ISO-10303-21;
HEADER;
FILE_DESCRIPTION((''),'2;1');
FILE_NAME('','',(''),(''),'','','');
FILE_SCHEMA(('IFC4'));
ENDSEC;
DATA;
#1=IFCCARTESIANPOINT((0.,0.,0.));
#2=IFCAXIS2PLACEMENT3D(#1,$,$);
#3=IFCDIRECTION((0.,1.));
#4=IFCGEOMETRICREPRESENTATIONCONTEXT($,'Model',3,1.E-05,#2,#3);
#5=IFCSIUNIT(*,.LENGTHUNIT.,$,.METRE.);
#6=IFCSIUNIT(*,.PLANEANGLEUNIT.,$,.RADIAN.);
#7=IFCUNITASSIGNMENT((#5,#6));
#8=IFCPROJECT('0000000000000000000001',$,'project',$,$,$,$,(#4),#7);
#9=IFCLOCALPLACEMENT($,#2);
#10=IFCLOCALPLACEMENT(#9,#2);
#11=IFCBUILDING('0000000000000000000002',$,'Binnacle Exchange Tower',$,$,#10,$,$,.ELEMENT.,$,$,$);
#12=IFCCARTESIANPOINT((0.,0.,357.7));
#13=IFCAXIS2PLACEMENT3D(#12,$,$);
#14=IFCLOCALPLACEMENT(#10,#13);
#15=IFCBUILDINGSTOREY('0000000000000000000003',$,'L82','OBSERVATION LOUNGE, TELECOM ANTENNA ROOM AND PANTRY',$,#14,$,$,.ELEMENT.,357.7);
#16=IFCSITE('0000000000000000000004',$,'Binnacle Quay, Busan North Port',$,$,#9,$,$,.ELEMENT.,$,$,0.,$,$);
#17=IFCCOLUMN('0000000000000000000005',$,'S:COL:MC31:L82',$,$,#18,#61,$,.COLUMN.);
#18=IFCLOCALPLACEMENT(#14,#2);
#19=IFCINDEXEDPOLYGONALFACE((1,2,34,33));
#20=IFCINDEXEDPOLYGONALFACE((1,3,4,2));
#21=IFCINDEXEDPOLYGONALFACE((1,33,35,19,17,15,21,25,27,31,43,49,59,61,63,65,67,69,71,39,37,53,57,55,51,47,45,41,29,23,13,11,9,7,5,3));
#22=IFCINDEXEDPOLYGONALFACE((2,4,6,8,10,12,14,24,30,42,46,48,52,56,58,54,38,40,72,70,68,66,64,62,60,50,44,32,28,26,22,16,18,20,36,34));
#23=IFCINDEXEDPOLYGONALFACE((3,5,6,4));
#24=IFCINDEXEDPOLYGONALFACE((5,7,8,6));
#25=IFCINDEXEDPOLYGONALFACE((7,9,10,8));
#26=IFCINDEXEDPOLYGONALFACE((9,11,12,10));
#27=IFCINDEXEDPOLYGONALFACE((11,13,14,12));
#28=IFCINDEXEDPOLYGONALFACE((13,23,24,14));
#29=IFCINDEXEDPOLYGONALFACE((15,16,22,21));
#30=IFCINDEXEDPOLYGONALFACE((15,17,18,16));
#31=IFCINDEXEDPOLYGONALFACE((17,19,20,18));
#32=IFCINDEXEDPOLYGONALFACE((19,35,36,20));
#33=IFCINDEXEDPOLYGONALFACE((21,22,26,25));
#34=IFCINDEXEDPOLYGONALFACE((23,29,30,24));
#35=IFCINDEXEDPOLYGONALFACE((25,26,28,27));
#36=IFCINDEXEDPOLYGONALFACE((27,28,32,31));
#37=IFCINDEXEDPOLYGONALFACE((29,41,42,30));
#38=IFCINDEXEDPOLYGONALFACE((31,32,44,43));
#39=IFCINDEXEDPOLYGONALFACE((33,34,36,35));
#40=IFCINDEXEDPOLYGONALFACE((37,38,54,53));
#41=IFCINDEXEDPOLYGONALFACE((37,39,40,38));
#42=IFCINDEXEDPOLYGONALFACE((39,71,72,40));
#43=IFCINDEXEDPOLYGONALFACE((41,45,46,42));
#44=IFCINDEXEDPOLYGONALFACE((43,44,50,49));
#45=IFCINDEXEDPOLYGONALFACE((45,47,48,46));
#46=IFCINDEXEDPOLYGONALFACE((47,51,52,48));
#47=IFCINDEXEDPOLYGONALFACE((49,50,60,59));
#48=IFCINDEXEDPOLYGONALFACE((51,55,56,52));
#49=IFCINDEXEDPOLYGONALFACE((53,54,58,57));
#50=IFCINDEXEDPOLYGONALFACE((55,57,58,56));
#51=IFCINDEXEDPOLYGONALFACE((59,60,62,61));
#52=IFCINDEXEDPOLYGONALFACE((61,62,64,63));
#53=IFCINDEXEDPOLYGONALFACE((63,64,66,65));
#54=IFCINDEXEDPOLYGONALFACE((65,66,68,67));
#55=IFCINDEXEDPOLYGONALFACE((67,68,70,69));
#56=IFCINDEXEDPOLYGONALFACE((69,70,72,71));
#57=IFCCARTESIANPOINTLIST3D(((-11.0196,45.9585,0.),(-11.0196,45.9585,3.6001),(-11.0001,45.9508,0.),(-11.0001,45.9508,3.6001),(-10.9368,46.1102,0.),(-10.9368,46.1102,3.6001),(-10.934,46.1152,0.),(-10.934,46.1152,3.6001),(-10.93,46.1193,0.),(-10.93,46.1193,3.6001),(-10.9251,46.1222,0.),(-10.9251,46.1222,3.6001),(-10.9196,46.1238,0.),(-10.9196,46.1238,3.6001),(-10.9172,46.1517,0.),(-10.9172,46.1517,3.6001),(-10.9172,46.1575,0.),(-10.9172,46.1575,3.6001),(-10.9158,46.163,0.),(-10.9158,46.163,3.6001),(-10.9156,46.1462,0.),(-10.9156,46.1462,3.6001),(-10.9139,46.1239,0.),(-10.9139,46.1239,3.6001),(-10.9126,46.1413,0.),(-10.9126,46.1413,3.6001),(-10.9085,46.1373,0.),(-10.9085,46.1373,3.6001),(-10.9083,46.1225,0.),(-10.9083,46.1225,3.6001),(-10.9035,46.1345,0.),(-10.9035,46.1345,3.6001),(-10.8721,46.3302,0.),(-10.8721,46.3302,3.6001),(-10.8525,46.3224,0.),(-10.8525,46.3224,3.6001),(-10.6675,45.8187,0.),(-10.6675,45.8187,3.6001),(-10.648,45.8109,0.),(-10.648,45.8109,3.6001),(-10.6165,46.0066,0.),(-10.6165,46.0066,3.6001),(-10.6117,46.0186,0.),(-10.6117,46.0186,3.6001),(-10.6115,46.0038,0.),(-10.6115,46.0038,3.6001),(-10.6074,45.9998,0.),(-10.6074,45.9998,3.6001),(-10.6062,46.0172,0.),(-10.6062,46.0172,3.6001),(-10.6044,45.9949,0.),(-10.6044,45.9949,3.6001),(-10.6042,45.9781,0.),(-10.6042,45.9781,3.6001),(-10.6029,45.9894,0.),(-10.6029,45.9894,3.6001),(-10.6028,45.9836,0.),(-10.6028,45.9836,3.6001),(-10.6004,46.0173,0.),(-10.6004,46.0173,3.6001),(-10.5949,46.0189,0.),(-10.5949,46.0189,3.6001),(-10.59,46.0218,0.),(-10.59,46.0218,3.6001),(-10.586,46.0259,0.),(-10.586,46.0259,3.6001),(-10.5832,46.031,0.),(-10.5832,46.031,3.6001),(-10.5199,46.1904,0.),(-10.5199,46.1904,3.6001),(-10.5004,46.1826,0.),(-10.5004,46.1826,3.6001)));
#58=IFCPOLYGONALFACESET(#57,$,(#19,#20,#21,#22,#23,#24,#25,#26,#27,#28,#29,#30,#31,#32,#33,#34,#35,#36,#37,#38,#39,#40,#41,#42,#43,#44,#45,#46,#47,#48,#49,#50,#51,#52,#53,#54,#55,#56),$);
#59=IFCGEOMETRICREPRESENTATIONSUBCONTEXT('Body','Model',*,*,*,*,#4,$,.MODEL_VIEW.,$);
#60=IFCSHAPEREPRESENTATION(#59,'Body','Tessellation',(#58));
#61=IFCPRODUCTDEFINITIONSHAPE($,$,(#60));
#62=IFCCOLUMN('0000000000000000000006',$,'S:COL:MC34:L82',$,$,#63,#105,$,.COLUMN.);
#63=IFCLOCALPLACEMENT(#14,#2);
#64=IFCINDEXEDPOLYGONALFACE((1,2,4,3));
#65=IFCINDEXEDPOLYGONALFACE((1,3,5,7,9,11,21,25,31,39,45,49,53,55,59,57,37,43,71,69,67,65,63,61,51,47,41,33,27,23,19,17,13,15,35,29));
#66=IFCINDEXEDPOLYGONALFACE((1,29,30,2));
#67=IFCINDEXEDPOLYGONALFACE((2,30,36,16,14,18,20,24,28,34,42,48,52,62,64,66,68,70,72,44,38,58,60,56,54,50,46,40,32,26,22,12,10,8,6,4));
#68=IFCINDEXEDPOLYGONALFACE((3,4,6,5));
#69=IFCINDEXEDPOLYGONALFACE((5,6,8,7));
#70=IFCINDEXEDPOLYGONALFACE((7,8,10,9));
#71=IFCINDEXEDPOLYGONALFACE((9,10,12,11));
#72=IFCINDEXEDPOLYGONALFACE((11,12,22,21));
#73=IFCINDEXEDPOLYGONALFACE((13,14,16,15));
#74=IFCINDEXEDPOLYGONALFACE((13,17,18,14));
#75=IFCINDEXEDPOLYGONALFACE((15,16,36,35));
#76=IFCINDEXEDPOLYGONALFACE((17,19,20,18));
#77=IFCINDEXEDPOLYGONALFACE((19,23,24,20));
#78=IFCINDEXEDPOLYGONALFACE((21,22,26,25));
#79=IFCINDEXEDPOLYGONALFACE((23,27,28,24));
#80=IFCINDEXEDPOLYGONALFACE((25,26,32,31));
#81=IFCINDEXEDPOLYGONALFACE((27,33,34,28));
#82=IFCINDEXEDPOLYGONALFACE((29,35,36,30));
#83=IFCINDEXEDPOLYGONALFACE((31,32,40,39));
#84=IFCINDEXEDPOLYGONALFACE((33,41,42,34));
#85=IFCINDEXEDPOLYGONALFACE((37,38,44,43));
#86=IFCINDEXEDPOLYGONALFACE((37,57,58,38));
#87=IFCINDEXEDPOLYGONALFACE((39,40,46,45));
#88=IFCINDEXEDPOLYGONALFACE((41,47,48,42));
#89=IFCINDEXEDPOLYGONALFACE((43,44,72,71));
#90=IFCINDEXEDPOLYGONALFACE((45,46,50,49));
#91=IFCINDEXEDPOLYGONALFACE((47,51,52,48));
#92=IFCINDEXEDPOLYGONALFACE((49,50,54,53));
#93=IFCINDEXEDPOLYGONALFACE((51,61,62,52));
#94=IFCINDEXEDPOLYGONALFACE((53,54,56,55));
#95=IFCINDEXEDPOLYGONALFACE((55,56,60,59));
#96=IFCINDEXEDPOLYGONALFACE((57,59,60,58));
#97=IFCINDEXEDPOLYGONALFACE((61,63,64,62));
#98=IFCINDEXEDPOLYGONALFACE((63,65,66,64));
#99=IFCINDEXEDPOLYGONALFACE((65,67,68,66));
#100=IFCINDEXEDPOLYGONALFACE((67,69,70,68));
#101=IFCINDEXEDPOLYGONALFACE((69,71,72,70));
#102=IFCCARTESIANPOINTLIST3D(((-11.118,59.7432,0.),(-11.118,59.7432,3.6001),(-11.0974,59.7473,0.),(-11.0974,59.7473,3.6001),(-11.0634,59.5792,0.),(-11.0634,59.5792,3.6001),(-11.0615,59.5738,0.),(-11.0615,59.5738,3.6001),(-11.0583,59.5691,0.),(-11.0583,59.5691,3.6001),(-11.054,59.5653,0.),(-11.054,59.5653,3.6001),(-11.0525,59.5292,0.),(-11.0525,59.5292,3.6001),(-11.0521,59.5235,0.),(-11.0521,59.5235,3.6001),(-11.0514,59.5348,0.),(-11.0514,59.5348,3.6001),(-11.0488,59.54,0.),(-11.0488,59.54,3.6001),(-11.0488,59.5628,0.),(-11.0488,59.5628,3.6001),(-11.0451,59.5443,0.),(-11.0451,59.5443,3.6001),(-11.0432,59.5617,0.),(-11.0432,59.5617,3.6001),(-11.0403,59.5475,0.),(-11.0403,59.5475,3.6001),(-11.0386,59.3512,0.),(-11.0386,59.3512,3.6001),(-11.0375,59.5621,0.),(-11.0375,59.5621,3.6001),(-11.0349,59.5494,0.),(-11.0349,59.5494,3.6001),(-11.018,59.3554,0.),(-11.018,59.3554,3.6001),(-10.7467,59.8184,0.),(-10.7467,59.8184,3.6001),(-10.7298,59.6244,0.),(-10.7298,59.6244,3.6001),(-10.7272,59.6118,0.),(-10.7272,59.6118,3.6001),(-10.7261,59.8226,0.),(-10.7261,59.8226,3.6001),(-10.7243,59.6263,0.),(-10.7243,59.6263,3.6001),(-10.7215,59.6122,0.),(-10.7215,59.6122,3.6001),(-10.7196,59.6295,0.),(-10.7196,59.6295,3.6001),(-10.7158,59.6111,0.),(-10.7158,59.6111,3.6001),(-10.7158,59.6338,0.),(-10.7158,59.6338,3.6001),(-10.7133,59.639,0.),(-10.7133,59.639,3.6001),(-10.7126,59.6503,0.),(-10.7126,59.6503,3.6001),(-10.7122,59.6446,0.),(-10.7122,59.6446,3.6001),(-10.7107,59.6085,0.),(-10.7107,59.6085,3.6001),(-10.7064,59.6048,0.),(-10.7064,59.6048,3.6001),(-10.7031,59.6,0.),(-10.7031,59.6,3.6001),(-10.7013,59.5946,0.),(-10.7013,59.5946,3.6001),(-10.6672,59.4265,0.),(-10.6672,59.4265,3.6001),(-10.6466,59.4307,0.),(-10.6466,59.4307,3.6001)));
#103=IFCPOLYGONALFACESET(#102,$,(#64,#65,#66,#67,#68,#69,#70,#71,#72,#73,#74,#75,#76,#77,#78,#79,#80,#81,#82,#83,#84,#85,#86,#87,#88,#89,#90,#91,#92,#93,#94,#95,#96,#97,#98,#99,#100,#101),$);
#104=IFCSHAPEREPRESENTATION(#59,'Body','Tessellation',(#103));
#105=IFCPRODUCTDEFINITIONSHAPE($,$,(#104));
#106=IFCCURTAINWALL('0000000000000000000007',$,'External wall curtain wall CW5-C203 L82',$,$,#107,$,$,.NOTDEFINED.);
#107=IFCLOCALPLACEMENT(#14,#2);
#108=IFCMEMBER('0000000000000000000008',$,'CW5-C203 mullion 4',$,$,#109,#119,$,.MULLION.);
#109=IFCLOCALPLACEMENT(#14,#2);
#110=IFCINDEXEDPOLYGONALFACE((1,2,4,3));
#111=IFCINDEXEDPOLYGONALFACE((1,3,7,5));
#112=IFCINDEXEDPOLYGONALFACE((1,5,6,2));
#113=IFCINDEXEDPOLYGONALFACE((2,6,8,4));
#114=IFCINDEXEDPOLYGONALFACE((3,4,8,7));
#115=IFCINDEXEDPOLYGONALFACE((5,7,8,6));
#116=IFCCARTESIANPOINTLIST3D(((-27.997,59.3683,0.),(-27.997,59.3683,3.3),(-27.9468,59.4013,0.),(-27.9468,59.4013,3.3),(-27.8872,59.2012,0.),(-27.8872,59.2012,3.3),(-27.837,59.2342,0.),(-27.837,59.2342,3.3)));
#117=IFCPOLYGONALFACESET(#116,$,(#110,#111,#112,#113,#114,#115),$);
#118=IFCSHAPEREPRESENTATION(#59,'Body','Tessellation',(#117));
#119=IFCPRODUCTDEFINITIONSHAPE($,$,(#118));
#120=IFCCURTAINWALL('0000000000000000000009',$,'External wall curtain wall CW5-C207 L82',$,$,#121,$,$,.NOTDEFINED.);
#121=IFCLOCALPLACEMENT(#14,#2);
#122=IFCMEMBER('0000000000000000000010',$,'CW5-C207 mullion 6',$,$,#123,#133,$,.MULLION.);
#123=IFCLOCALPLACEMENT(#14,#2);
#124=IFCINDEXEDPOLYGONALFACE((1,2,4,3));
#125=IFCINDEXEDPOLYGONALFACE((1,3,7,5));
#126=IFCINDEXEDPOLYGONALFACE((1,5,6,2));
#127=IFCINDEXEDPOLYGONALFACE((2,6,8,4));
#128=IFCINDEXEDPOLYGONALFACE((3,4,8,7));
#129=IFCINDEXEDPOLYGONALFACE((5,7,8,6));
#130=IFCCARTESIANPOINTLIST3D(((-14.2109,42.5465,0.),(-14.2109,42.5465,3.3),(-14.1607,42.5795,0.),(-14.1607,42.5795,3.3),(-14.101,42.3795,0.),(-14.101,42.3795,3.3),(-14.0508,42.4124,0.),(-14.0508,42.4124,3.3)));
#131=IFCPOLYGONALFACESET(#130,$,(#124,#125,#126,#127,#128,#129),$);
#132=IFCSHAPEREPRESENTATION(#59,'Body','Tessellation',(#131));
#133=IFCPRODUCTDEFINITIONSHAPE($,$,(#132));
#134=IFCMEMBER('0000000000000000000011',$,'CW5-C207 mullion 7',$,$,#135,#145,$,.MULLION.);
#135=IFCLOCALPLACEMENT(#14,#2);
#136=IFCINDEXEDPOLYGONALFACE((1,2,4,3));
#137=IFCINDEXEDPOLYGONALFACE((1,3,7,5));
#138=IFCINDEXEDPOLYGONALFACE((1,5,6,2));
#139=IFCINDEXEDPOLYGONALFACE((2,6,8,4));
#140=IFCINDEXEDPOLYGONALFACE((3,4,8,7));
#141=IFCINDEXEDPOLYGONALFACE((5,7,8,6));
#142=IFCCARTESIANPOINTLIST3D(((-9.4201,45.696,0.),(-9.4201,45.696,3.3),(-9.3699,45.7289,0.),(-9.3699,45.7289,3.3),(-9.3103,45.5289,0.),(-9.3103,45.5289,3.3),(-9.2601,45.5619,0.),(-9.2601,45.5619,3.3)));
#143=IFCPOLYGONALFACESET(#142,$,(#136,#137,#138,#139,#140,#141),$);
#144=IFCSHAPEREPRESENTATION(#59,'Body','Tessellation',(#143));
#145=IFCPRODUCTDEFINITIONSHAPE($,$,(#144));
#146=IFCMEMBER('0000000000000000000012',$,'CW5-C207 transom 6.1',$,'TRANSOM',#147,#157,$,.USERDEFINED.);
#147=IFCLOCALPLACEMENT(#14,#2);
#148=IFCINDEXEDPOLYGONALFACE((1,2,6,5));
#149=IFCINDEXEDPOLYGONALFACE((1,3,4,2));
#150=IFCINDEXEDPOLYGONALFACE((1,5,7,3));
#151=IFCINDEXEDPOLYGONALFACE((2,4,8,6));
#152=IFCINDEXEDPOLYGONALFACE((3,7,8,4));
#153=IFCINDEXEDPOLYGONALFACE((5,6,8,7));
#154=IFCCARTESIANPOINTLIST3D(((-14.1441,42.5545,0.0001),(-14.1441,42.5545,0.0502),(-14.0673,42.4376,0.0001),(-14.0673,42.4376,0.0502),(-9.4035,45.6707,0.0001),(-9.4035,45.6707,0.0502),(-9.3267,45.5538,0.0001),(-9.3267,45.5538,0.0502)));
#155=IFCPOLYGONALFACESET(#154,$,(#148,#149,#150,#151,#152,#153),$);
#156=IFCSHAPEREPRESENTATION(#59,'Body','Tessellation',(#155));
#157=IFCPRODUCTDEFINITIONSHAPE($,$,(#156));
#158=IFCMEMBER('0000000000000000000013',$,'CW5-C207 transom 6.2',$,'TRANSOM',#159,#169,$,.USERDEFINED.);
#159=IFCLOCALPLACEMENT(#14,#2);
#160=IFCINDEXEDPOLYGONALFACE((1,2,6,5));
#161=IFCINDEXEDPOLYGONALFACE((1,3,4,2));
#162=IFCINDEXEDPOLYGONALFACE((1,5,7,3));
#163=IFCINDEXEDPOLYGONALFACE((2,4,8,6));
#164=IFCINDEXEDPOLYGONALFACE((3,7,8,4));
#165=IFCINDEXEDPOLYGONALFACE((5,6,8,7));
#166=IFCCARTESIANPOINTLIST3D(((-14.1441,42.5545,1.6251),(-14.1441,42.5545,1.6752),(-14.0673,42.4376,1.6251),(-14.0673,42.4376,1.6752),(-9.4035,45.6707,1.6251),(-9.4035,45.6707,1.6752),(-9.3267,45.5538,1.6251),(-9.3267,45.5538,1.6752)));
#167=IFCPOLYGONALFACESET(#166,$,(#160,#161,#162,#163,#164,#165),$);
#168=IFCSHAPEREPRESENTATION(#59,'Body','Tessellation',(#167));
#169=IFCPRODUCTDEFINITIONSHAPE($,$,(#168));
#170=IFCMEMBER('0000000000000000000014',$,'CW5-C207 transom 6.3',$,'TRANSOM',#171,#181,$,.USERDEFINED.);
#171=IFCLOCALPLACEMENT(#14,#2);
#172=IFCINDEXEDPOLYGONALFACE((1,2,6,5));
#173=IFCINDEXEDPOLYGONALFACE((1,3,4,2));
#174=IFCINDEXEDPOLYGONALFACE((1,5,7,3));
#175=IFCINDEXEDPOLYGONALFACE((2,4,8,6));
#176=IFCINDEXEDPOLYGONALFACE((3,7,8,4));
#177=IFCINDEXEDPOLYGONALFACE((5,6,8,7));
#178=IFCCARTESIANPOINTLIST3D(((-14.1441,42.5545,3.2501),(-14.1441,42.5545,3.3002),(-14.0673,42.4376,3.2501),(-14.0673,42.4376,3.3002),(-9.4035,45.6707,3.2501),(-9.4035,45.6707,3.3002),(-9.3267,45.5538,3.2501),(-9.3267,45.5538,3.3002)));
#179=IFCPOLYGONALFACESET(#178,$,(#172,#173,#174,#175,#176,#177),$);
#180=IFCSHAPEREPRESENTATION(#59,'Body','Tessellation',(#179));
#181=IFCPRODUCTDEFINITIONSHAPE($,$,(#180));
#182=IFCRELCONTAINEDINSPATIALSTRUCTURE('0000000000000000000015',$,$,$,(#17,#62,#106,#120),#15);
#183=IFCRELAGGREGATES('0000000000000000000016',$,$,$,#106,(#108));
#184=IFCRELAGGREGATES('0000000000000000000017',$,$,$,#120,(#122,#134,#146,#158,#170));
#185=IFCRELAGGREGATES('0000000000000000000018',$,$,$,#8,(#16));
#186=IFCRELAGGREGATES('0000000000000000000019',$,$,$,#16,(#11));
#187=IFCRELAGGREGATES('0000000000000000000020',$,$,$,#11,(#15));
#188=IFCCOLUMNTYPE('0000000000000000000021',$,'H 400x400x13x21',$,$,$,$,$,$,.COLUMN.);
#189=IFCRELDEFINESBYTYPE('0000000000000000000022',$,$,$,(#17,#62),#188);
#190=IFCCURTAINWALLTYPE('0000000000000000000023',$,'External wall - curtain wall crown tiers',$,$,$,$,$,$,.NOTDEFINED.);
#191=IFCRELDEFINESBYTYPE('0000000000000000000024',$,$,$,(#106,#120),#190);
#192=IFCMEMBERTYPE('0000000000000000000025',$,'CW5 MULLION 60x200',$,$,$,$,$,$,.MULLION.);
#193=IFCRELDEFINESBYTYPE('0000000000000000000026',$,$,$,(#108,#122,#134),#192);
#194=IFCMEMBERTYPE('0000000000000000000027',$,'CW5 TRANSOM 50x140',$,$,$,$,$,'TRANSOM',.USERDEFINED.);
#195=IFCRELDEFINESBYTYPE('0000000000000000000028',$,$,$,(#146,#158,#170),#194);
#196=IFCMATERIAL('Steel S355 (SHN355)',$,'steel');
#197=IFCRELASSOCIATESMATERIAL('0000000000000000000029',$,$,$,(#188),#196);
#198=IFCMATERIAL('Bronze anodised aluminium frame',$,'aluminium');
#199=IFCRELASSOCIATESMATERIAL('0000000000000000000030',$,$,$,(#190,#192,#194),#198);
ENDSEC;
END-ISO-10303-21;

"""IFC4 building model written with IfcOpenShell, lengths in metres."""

from ifc_helpers import new_model, si_unit, direction, frame, origin, origin_2d, place, context, subcontext, project, spatial, rectangle, i_section, extrude, material, material_profile, profile_set, type_object, element, aggregate, save


model = new_model("IFC4")

# Units and contexts
model_context = context("Model", 3, precision=1e-05, world=origin(), true_north=direction((0.0, 1.0)))
body_context = subcontext(model_context, "Body", "Model", "MODEL_VIEW")
ifc_project = project(units=[si_unit("LENGTHUNIT", "METRE"), si_unit("PLANEANGLEUNIT", "RADIAN")], contexts=[model_context])

# Site, building, storey
site_placement = place(None, origin())
site = spatial("IfcSite", under=ifc_project, at=site_placement, Name="Binnacle Quay, Busan North Port", CompositionType="ELEMENT", RefElevation=0.0)
building_placement = place(site_placement, origin())
building = spatial("IfcBuilding", under=site, at=building_placement, Name="Binnacle Exchange Tower", CompositionType="ELEMENT")
storey_placement = place(building_placement, frame((0.0, 0.0, 357.7)))
storey = spatial("IfcBuildingStorey", under=building, at=storey_placement, Name="L82", Description="OBSERVATION LOUNGE, TELECOM ANTENNA ROOM AND PANTRY", CompositionType="ELEMENT", Elevation=357.7)

# Columns
ifc_material_1 = material(Name="Steel S355 (SHN355)", Category="steel")
ifc_material_profile_1 = material_profile(ifc_material_1, i_section(OverallWidth=0.3999, OverallDepth=0.3999, WebThickness=0.0129, FlangeThickness=0.021, FilletRadius=0.022, at=origin_2d()), Name="H 400x400x13x21")
ifc_profile_set_1 = profile_set([ifc_material_profile_1], Name="Steel S355 (SHN355)")
column_type = type_object("IfcColumnType", Name="H 400x400x13x21", PredefinedType="COLUMN", material=ifc_profile_set_1)
for number, where, z_axis, x_axis, name in (
    (1, (-10.76, 46.0706, 0.0), (0.0, 0.0, 1.0), (0.369033, 0.929416, 0.0), "S:COL:MC31:L82"),
    (2, (-10.8823, 59.5869, 0.0), (0.0, 0.0, 1.0), (-0.198667, 0.980067, 0.0), "S:COL:MC34:L82"),
):
    element("IfcColumn", number, at=place(storey_placement, frame(where, z_axis=z_axis, x_axis=x_axis)), inside=storey, type_object=column_type, Name=name, PredefinedType="COLUMN", context=body_context, shape_type="SweptSolid", body=[
        extrude(i_section(OverallWidth=0.3999, OverallDepth=0.3999, WebThickness=0.0129, FlangeThickness=0.021, FilletRadius=0.022, at=origin_2d()), origin(), (0.0, 0.0, 1.0), 3.6001),
    ])

# Curtain wall, member
ifc_material_2 = material(Name="Bronze anodised aluminium frame", Category="aluminium")
curtain_wall_type = type_object("IfcCurtainWallType", Name="External wall - curtain wall crown tiers", PredefinedType="NOTDEFINED", material=ifc_material_2)
curtain_wall_1_placement = place(storey_placement, origin())
curtain_wall_1 = element("IfcCurtainWall", 3, at=curtain_wall_1_placement, inside=storey, type_object=curtain_wall_type, Name="External wall curtain wall CW5-C203 L82", PredefinedType="NOTDEFINED")
ifc_material_profile_2 = material_profile(ifc_material_2, rectangle(XDim=0.2, YDim=0.0601, at=origin_2d()), Name="AL 60x200")
ifc_profile_set_2 = profile_set([ifc_material_profile_2], Name="Bronze anodised aluminium frame")
member_type_1 = type_object("IfcMemberType", Name="CW5 MULLION 60x200", PredefinedType="MULLION", material=ifc_profile_set_2)
member_1_placement = place(storey_placement, frame((-27.917, 59.3013, 0.0), z_axis=(0.0, 0.0, 1.0), x_axis=(0.54931, -0.835618, 0.0)))
member_1 = element("IfcMember", 4, at=member_1_placement, type_object=member_type_1, Name="CW5-C203 mullion 4", PredefinedType="MULLION", context=body_context, shape_type="SweptSolid", body=[
    extrude(rectangle(XDim=0.2, YDim=0.0601, at=origin_2d()), origin(), (0.0, 0.0, 1.0), 3.3),
])
aggregate(curtain_wall_1, [member_1])

# Curtain wall, members
curtain_wall_2_placement = place(storey_placement, origin())
curtain_wall_2 = element("IfcCurtainWall", 5, at=curtain_wall_2_placement, inside=storey, type_object=curtain_wall_type, Name="External wall curtain wall CW5-C207 L82", PredefinedType="NOTDEFINED")
member_2_placement = place(storey_placement, frame((-14.1309, 42.4795, 0.0), z_axis=(0.0, 0.0, 1.0), x_axis=(-0.54931, 0.835618, 0.0)))
member_2 = element("IfcMember", 6, at=member_2_placement, type_object=member_type_1, Name="CW5-C207 mullion 6", PredefinedType="MULLION", context=body_context, shape_type="SweptSolid", body=[
    extrude(rectangle(XDim=0.2, YDim=0.0601, at=origin_2d()), origin(), (0.0, 0.0, 1.0), 3.3),
])
member_3_placement = place(storey_placement, frame((-9.3401, 45.6289, 0.0), z_axis=(0.0, 0.0, 1.0), x_axis=(-0.54931, 0.835618, 0.0)))
member_3 = element("IfcMember", 7, at=member_3_placement, type_object=member_type_1, Name="CW5-C207 mullion 7", PredefinedType="MULLION", context=body_context, shape_type="SweptSolid", body=[
    extrude(rectangle(XDim=0.2, YDim=0.0601, at=origin_2d()), origin(), (0.0, 0.0, 1.0), 3.3),
])
ifc_material_profile_3 = material_profile(ifc_material_2, rectangle(XDim=0.1399, YDim=0.05, at=origin_2d()), Name="AL 140x50")
ifc_profile_set_3 = profile_set([ifc_material_profile_3], Name="Bronze anodised aluminium frame")
member_type_2 = type_object("IfcMemberType", Name="CW5 TRANSOM 50x140", ElementType="TRANSOM", PredefinedType="USERDEFINED", material=ifc_profile_set_3)
member_4_placement = place(storey_placement, frame((-14.1057, 42.4961, 0.0251), z_axis=(0.835634, 0.549286, 0.0), x_axis=(-0.549286, 0.835634, 0.0)))
member_4 = element("IfcMember", 8, at=member_4_placement, type_object=member_type_2, Name="CW5-C207 transom 6.1", ObjectType="TRANSOM", PredefinedType="USERDEFINED", context=body_context, shape_type="SweptSolid", body=[
    extrude(rectangle(XDim=0.1399, YDim=0.05, at=origin_2d()), origin(), (0.0, 0.0, 1.0), 5.6731),
])
member_5_placement = place(storey_placement, frame((-14.1057, 42.4961, 1.6501), z_axis=(0.835634, 0.549286, 0.0), x_axis=(-0.549286, 0.835634, 0.0)))
member_5 = element("IfcMember", 9, at=member_5_placement, type_object=member_type_2, Name="CW5-C207 transom 6.2", ObjectType="TRANSOM", PredefinedType="USERDEFINED", context=body_context, shape_type="SweptSolid", body=[
    extrude(rectangle(XDim=0.1399, YDim=0.05, at=origin_2d()), origin(), (0.0, 0.0, 1.0), 5.6731),
])
member_6_placement = place(storey_placement, frame((-14.1057, 42.4961, 3.2751), z_axis=(0.835634, 0.549286, 0.0), x_axis=(-0.549286, 0.835634, 0.0)))
member_6 = element("IfcMember", 10, at=member_6_placement, type_object=member_type_2, Name="CW5-C207 transom 6.3", ObjectType="TRANSOM", PredefinedType="USERDEFINED", context=body_context, shape_type="SweptSolid", body=[
    extrude(rectangle(XDim=0.1399, YDim=0.05, at=origin_2d()), origin(), (0.0, 0.0, 1.0), 5.6731),
])

aggregate(curtain_wall_2, [member_2, member_3, member_4, member_5, member_6])

save(model, "model.ifc")
